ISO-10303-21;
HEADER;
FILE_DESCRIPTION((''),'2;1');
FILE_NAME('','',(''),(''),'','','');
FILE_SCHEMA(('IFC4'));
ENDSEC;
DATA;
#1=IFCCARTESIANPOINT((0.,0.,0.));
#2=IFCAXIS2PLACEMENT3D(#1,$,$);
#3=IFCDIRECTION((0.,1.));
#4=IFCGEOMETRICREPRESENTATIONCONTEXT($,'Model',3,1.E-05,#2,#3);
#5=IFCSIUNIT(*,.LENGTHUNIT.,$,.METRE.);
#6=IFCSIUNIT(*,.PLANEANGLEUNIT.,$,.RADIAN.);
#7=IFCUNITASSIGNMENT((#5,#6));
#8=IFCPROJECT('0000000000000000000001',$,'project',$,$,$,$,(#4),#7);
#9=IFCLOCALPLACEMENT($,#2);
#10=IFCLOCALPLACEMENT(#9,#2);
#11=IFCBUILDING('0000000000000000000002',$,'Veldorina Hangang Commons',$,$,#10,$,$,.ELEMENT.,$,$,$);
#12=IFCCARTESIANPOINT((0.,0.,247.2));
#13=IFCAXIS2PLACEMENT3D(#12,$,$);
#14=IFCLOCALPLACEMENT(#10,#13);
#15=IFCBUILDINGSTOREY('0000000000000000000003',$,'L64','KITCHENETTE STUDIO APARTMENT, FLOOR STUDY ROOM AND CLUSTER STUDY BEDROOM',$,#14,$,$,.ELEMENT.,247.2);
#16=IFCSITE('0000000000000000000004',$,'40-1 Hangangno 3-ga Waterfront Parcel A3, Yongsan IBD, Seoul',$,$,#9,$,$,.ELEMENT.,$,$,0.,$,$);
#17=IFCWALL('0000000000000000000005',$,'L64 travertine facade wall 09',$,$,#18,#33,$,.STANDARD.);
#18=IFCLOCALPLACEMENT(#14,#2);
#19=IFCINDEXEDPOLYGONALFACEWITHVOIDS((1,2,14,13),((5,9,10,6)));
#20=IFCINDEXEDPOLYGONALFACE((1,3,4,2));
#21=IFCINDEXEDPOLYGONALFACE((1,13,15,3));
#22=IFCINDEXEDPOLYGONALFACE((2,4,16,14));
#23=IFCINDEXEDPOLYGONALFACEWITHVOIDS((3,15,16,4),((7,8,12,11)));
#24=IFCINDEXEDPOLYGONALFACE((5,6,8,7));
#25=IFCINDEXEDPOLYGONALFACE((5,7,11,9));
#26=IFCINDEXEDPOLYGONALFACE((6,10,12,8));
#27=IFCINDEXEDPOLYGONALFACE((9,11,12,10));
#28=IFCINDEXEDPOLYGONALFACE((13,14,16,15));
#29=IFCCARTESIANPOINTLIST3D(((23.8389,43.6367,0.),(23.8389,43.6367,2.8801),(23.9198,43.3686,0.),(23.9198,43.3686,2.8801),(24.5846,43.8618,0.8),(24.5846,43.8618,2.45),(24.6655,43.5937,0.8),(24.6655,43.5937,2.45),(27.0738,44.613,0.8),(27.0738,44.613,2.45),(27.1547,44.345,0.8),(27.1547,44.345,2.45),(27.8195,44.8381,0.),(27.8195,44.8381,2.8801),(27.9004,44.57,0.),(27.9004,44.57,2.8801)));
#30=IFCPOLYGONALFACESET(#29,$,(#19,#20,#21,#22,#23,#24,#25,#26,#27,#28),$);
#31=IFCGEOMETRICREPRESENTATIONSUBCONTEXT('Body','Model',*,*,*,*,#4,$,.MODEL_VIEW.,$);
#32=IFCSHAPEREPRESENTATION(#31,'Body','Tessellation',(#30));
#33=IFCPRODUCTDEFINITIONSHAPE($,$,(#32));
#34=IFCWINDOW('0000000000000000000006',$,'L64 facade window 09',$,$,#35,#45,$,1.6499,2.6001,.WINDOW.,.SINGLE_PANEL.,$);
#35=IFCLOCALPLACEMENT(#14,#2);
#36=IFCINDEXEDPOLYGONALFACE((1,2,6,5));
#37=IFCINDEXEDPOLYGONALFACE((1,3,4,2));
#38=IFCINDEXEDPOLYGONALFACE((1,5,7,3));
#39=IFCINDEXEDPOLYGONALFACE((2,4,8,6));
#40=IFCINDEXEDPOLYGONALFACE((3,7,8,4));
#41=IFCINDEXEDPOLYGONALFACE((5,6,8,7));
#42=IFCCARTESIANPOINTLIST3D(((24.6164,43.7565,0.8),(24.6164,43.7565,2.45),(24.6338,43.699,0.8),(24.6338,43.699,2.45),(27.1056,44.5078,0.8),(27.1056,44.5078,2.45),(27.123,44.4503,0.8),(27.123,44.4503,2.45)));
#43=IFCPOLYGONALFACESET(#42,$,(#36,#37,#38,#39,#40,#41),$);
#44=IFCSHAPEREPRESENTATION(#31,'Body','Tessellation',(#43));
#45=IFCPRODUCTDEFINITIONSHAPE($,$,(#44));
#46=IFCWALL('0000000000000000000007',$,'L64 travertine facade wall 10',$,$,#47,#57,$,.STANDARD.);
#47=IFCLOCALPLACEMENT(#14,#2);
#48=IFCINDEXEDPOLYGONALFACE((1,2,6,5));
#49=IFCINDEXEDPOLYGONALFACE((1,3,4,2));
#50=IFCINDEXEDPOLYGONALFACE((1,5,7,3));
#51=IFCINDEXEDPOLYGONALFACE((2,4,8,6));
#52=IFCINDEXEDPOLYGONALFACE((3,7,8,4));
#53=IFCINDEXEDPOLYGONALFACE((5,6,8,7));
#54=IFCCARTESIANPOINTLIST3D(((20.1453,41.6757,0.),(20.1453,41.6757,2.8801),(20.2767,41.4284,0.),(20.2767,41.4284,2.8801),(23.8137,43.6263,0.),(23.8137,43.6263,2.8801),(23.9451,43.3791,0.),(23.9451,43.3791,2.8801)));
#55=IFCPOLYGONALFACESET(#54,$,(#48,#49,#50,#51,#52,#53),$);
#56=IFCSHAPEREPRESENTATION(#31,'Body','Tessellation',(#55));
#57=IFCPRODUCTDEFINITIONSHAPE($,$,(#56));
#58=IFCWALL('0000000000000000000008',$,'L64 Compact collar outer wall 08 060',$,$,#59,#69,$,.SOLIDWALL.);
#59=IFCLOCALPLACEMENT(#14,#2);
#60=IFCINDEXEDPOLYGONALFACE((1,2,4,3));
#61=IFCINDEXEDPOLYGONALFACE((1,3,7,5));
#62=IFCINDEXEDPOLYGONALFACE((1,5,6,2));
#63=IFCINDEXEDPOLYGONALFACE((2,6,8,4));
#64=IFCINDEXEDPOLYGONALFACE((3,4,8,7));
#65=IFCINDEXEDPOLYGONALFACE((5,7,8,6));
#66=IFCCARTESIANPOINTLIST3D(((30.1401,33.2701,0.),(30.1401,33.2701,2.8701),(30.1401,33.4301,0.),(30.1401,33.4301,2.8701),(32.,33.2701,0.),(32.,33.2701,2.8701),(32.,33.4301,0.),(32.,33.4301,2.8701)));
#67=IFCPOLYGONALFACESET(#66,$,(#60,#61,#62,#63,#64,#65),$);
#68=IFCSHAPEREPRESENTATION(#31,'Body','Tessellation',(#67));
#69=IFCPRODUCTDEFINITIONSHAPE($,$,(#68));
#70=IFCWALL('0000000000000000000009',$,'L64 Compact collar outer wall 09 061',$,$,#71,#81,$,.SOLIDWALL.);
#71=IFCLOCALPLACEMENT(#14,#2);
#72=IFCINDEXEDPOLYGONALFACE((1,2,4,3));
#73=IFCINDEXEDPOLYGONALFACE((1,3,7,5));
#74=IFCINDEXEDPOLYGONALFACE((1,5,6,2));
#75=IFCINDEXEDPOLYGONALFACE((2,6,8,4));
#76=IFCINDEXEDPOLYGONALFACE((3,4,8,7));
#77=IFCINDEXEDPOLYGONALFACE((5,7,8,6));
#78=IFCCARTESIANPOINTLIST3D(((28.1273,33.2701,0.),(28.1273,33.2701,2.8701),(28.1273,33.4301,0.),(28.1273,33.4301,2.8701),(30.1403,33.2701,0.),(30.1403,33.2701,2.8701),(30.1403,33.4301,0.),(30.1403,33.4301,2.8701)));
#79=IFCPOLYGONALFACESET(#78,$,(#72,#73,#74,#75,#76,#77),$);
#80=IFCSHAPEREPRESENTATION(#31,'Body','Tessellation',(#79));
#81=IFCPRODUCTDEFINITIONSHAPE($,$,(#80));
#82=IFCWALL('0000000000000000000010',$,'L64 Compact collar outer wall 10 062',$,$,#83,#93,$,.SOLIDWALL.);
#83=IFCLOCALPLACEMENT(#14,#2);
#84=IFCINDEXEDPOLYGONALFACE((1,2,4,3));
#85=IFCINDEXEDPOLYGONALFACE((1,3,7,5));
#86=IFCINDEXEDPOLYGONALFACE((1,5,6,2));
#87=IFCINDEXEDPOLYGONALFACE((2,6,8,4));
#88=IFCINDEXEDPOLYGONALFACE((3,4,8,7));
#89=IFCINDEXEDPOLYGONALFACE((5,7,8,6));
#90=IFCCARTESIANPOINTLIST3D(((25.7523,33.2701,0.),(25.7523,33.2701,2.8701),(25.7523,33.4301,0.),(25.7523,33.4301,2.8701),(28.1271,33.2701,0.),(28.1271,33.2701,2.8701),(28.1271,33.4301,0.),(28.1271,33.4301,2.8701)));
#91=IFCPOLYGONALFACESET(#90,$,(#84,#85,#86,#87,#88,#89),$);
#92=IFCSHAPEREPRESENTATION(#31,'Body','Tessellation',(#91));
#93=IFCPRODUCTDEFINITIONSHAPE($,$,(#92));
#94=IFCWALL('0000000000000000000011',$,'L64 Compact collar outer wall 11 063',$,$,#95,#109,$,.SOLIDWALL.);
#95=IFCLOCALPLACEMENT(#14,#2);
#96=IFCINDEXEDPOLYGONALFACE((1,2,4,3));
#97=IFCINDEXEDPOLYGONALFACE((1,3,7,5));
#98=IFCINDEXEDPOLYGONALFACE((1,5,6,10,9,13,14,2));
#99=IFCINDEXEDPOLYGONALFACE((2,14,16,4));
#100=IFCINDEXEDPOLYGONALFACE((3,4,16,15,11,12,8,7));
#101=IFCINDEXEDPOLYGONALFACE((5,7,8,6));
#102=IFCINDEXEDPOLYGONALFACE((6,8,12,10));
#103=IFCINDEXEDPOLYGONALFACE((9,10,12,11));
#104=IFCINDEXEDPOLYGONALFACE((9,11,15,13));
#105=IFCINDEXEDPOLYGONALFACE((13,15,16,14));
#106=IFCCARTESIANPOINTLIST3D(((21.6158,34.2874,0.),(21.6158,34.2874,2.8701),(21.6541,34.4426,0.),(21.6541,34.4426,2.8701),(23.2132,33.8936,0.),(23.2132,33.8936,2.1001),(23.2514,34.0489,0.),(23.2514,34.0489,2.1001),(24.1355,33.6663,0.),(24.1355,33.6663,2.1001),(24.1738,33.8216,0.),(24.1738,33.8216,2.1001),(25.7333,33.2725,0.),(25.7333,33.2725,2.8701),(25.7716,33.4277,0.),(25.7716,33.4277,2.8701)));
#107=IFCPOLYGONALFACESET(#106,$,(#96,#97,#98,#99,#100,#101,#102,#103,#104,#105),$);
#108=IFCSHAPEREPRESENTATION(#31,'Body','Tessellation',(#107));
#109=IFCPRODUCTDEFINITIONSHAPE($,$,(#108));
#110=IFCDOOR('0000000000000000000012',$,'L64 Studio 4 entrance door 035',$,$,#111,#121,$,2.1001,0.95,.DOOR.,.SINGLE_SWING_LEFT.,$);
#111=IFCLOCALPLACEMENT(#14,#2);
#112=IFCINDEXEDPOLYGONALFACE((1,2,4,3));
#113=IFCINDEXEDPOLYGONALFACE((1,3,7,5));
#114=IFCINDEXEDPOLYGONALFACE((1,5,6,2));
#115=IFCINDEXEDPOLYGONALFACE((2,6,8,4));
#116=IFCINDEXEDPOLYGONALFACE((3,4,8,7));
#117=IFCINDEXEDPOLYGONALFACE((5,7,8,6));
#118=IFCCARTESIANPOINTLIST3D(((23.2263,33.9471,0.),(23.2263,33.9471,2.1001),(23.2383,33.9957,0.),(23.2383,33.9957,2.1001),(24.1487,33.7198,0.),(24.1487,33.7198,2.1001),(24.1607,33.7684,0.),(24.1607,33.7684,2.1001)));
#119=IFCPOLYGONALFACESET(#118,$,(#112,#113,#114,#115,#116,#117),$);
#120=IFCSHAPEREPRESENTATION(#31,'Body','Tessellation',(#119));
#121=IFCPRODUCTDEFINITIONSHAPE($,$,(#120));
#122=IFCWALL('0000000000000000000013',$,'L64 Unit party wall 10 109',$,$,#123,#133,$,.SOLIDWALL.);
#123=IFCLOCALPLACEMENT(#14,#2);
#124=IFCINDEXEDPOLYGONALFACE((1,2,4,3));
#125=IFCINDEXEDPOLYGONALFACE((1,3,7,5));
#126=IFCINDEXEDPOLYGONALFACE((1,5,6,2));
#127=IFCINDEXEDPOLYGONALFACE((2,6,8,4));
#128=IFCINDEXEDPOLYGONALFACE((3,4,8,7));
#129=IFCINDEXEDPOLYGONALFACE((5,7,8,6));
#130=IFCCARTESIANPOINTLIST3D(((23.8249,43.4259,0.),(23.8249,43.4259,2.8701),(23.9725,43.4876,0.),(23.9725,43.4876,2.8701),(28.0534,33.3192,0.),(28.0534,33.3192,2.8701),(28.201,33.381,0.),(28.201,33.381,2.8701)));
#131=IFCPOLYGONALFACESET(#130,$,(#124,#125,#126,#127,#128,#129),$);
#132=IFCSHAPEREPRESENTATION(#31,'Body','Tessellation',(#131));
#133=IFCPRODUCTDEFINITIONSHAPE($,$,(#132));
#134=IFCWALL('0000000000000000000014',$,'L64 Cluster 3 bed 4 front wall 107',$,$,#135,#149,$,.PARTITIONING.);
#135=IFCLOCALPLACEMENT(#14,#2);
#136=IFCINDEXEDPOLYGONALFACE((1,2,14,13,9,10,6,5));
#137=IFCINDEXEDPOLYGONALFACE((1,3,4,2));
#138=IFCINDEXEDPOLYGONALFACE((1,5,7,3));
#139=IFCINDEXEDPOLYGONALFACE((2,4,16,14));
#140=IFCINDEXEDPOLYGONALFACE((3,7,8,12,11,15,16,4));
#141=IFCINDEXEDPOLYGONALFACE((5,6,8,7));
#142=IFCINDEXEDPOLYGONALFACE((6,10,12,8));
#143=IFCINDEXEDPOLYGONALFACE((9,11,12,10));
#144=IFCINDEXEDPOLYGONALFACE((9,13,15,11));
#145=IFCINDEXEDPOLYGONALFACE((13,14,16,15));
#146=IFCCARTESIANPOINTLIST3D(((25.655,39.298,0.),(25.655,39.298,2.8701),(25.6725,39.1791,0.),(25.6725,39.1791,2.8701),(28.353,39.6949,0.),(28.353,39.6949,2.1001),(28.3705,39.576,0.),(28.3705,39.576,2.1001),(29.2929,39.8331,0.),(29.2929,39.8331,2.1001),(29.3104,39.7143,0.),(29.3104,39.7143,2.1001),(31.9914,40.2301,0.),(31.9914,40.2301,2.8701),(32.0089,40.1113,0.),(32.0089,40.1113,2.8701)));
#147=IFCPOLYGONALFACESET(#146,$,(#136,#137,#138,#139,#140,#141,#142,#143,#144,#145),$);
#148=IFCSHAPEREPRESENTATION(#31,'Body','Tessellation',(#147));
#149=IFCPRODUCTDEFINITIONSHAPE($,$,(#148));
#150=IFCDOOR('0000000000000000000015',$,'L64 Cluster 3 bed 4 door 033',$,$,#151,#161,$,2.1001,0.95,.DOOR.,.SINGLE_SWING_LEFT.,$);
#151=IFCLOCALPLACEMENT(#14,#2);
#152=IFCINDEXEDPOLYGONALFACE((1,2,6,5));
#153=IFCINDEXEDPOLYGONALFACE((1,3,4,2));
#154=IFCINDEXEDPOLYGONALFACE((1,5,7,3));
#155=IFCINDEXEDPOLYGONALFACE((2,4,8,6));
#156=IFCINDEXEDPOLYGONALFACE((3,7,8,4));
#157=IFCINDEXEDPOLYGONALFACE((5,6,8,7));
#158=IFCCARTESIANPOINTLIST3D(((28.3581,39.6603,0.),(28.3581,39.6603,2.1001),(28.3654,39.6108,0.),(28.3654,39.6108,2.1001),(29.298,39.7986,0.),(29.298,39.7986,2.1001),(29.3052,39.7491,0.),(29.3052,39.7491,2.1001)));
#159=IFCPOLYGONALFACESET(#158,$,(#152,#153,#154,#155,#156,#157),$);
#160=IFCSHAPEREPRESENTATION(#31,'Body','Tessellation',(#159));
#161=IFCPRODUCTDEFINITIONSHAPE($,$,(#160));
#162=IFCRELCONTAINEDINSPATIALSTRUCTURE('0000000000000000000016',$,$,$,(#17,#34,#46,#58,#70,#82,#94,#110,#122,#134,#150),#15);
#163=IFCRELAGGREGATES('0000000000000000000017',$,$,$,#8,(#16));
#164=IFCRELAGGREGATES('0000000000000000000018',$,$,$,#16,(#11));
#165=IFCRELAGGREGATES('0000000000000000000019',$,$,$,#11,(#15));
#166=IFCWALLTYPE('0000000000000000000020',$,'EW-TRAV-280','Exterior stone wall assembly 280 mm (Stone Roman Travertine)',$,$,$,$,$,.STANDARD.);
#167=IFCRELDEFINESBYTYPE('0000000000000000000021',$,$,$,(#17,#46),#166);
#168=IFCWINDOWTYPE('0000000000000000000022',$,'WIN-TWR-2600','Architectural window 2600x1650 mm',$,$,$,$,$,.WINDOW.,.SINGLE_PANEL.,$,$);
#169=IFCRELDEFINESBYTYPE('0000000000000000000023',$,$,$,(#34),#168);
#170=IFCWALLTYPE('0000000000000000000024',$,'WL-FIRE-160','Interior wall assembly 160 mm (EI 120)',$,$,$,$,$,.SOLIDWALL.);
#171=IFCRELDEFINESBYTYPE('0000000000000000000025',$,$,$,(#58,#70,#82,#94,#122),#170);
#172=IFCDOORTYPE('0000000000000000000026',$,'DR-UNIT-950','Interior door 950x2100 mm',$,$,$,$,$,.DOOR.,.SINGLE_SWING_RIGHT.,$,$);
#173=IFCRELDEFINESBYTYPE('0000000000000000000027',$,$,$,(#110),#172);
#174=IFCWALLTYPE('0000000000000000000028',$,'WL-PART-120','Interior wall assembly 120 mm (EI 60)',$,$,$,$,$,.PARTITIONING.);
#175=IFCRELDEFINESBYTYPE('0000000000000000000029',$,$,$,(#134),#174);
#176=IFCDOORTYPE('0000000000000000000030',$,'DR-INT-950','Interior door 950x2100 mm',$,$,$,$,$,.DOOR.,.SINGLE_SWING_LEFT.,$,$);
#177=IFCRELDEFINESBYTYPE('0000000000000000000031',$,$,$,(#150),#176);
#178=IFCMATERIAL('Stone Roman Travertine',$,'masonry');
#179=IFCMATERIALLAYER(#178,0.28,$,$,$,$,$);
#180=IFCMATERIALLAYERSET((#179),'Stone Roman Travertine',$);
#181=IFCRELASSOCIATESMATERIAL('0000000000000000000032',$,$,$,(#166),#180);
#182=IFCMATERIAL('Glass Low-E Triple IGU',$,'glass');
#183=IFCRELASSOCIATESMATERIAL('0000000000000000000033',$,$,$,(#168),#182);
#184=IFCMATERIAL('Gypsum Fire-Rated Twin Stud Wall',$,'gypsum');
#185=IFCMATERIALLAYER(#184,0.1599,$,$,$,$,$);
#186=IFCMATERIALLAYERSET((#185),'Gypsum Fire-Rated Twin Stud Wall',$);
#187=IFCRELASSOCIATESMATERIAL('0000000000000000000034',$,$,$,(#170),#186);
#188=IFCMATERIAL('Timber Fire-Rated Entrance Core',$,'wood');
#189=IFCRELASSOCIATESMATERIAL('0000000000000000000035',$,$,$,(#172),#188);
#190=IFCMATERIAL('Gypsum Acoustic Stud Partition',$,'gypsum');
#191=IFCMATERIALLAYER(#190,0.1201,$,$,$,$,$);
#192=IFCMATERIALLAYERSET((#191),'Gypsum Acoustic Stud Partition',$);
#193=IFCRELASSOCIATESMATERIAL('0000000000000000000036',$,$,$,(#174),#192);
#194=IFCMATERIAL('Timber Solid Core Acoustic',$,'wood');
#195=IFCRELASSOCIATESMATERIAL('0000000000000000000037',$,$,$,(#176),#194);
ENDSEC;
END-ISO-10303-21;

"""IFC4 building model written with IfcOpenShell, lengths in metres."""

from ifc_helpers import new_model, si_unit, direction, frame, frame_2d, origin, place, context, subcontext, project, spatial, rectangle, extrude, material, layer, layer_set, type_object, element, fill, save


model = new_model("IFC4")

# Units and contexts
model_context = context("Model", 3, precision=1e-05, world=origin(), true_north=direction((0.0, 1.0)))
body_context = subcontext(model_context, "Body", "Model", "MODEL_VIEW")
ifc_project = project(units=[si_unit("LENGTHUNIT", "METRE"), si_unit("PLANEANGLEUNIT", "RADIAN")], contexts=[model_context])

# Site, building, storey
site_placement = place(None, origin())
site = spatial("IfcSite", under=ifc_project, at=site_placement, Name="40-1 Hangangno 3-ga Waterfront Parcel A3, Yongsan IBD, Seoul", CompositionType="ELEMENT", RefElevation=0.0)
building_placement = place(site_placement, origin())
building = spatial("IfcBuilding", under=site, at=building_placement, Name="Veldorina Hangang Commons", CompositionType="ELEMENT")
storey_placement = place(building_placement, frame((0.0, 0.0, 247.2)))
storey = spatial("IfcBuildingStorey", under=building, at=storey_placement, Name="L64", Description="KITCHENETTE STUDIO APARTMENT, FLOOR STUDY ROOM AND CLUSTER STUDY BEDROOM", CompositionType="ELEMENT", Elevation=247.2)

# Shared definitions
ifc_material_1 = material(Name="Stone Roman Travertine", Category="masonry")
ifc_layer_1 = layer(ifc_material_1, 0.28)
ifc_layer_set_1 = layer_set([ifc_layer_1], Name="Stone Roman Travertine")
wall_type_1 = type_object("IfcWallType", Name="EW-TRAV-280", Description="Exterior stone wall assembly 280 mm (Stone Roman Travertine)", PredefinedType="STANDARD", material=ifc_layer_set_1)

# Wall, opening, window
wall_1_placement = place(storey_placement, frame((27.8601, 44.7041, 0.0), z_axis=(0.0, 0.0, 1.0), x_axis=(-0.957348, -0.288937, 0.0)))
wall_1 = element("IfcWall", 1, at=wall_1_placement, inside=storey, type_object=wall_type_1, Name="L64 travertine facade wall 09", PredefinedType="STANDARD", context=body_context, shape_type="SweptSolid", body=[
    extrude(rectangle(XDim=4.158, YDim=0.28, at=frame_2d((2.0791, 0.0))), origin(), (0.0, 0.0, 1.0), 2.8801),
])
opening_1_placement = place(wall_1_placement, frame((0.7791, 0.0, 0.8)))
opening_1 = element("IfcOpeningElement", 2, at=opening_1_placement, cuts=wall_1, PredefinedType="OPENING", context=body_context, shape_type="SweptSolid", body=[
    extrude(rectangle(XDim=2.6001, YDim=1.6499, at=frame_2d((1.3, 0.825))), frame((0.0, 0.1499, 0.0), z_axis=(0.0, -1.0, 0.0), x_axis=(1.0, 0.0, 0.0)), (0.0, 0.0, 1.0), 0.3),
])
ifc_material_2 = material(Name="Glass Low-E Triple IGU", Category="glass")
window_type = type_object("IfcWindowType", Name="WIN-TWR-2600", Description="Architectural window 2600x1650 mm", PartitioningType="SINGLE_PANEL", PredefinedType="WINDOW", material=ifc_material_2)
window_placement = place(opening_1_placement, origin())
window = element("IfcWindow", 3, at=window_placement, inside=storey, type_object=window_type, Name="L64 facade window 09", OverallHeight=1.6499, OverallWidth=2.6001, PartitioningType="SINGLE_PANEL", PredefinedType="WINDOW", context=body_context, shape_type="SweptSolid", body=[
    extrude(rectangle(XDim=2.6001, YDim=1.6499, at=frame_2d((1.3, 0.825))), frame((0.0, 0.03, 0.0), z_axis=(0.0, -1.0, 0.0), x_axis=(1.0, 0.0, 0.0)), (0.0, 0.0, 1.0), 0.0601),
])
fill(opening_1, window)

# Walls
wall_2_placement = place(storey_placement, frame((23.8794, 43.5027, 0.0), z_axis=(0.0, 0.0, 1.0), x_axis=(-0.882935, -0.469496, 0.0)))
element("IfcWall", 4, at=wall_2_placement, inside=storey, type_object=wall_type_1, Name="L64 travertine facade wall 10", PredefinedType="STANDARD", context=body_context, shape_type="SweptSolid", body=[
    extrude(rectangle(XDim=4.1548, YDim=0.28, at=frame_2d((2.0774, 0.0))), origin(), (0.0, 0.0, 1.0), 2.8801),
])
ifc_material_3 = material(Name="Gypsum Fire-Rated Twin Stud Wall", Category="gypsum")
ifc_layer_2 = layer(ifc_material_3, 0.1599)
ifc_layer_set_2 = layer_set([ifc_layer_2], Name="Gypsum Fire-Rated Twin Stud Wall")
wall_type_2 = type_object("IfcWallType", Name="WL-FIRE-160", Description="Interior wall assembly 160 mm (EI 120)", PredefinedType="SOLIDWALL", material=ifc_layer_set_2)
wall_3_placement = place(storey_placement, frame((32.0, 33.3501, 0.0), z_axis=(0.0, 0.0, 1.0), x_axis=(-1.0, 0.0, 0.0)))
element("IfcWall", 5, at=wall_3_placement, inside=storey, type_object=wall_type_2, Name="L64 Compact collar outer wall 08 060", PredefinedType="SOLIDWALL", context=body_context, shape_type="SweptSolid", body=[
    extrude(rectangle(XDim=1.8599, YDim=0.1599, at=frame_2d((0.9299, 0.0))), origin(), (0.0, 0.0, 1.0), 2.8701),
])
wall_4_placement = place(storey_placement, frame((30.1401, 33.3501, 0.0), z_axis=(0.0, 0.0, 1.0), x_axis=(-1.0, 0.0, 0.0)))
element("IfcWall", 6, at=wall_4_placement, inside=storey, type_object=wall_type_2, Name="L64 Compact collar outer wall 09 061", PredefinedType="SOLIDWALL", context=body_context, shape_type="SweptSolid", body=[
    extrude(rectangle(XDim=2.0129, YDim=0.1599, at=frame_2d((1.0063, 0.0))), origin(), (0.0, 0.0, 1.0), 2.8701),
])
wall_5_placement = place(storey_placement, frame((28.1272, 33.3501, 0.0), z_axis=(0.0, 0.0, 1.0), x_axis=(-1.0, 0.0, 0.0)))
element("IfcWall", 7, at=wall_5_placement, inside=storey, type_object=wall_type_2, Name="L64 Compact collar outer wall 10 062", PredefinedType="SOLIDWALL", context=body_context, shape_type="SweptSolid", body=[
    extrude(rectangle(XDim=2.3748, YDim=0.1599, at=frame_2d((1.1875, 0.0))), origin(), (0.0, 0.0, 1.0), 2.8701),
])

# Wall, opening, door
wall_6_placement = place(storey_placement, frame((25.7524, 33.3501, 0.0), z_axis=(0.0, 0.0, 1.0), x_axis=(-0.97094, 0.239324, 0.0)))
wall_6 = element("IfcWall", 8, at=wall_6_placement, inside=storey, type_object=wall_type_2, Name="L64 Compact collar outer wall 11 063", PredefinedType="SOLIDWALL", context=body_context, shape_type="SweptSolid", body=[
    extrude(rectangle(XDim=4.2407, YDim=0.1599, at=frame_2d((2.1204, 0.0))), origin(), (0.0, 0.0, 1.0), 2.8701),
])
opening_2_placement = place(wall_6_placement, frame((1.6455, 0.0, 0.0)))
opening_2 = element("IfcOpeningElement", 9, at=opening_2_placement, cuts=wall_6, PredefinedType="OPENING", context=body_context, shape_type="SweptSolid", body=[
    extrude(rectangle(XDim=0.95, YDim=2.1001, at=frame_2d((0.4751, 1.05))), frame((0.0, 0.0898, 0.0), z_axis=(0.0, -1.0, 0.0), x_axis=(1.0, 0.0, 0.0)), (0.0, 0.0, 1.0), 0.1799),
])
ifc_material_4 = material(Name="Timber Fire-Rated Entrance Core", Category="wood")
door_type_1 = type_object("IfcDoorType", Name="DR-UNIT-950", Description="Interior door 950x2100 mm", OperationType="SINGLE_SWING_RIGHT", PredefinedType="DOOR", material=ifc_material_4)
door_1_placement = place(opening_2_placement, origin())
door_1 = element("IfcDoor", 10, at=door_1_placement, inside=storey, type_object=door_type_1, Name="L64 Studio 4 entrance door 035", OperationType="SINGLE_SWING_LEFT", OverallHeight=2.1001, OverallWidth=0.95, PredefinedType="DOOR", context=body_context, shape_type="SweptSolid", body=[
    extrude(rectangle(XDim=0.95, YDim=2.1001, at=frame_2d((0.4751, 1.05))), frame((0.0, 0.0249, 0.0), z_axis=(0.0, -1.0, 0.0), x_axis=(1.0, 0.0, 0.0)), (0.0, 0.0, 1.0), 0.05),
])
fill(opening_2, door_1)

# Wall
wall_7_placement = place(storey_placement, frame((28.1272, 33.3501, 0.0), z_axis=(0.0, 0.0, 1.0), x_axis=(-0.385968, 0.922512, 0.0)))
element("IfcWall", 11, at=wall_7_placement, inside=storey, type_object=wall_type_2, Name="L64 Unit party wall 10 109", PredefinedType="SOLIDWALL", context=body_context, shape_type="SweptSolid", body=[
    extrude(rectangle(XDim=10.9556, YDim=0.1599, at=frame_2d((5.4778, 0.0))), origin(), (0.0, 0.0, 1.0), 2.8701),
])

# Wall, opening, door
ifc_material_5 = material(Name="Gypsum Acoustic Stud Partition", Category="gypsum")
ifc_layer_3 = layer(ifc_material_5, 0.1201)
ifc_layer_set_3 = layer_set([ifc_layer_3], Name="Gypsum Acoustic Stud Partition")
wall_type_3 = type_object("IfcWallType", Name="WL-PART-120", Description="Interior wall assembly 120 mm (EI 60)", PredefinedType="PARTITIONING", material=ifc_layer_set_3)
wall_8_placement = place(storey_placement, frame((32.0, 40.1707, 0.0), z_axis=(0.0, 0.0, 1.0), x_axis=(-0.989352, -0.14554, 0.0)))
wall_8 = element("IfcWall", 12, at=wall_8_placement, inside=storey, type_object=wall_type_3, Name="L64 Cluster 3 bed 4 front wall 107", PredefinedType="PARTITIONING", context=body_context, shape_type="SweptSolid", body=[
    extrude(rectangle(XDim=6.4045, YDim=0.1201, at=frame_2d((3.2021, 0.0))), origin(), (0.0, 0.0, 1.0), 2.8701),
])
opening_3_placement = place(wall_8_placement, frame((2.7273, 0.0, 0.0)))
opening_3 = element("IfcOpeningElement", 13, at=opening_3_placement, cuts=wall_8, PredefinedType="OPENING", context=body_context, shape_type="SweptSolid", body=[
    extrude(rectangle(XDim=0.95, YDim=2.1001, at=frame_2d((0.4751, 1.05))), frame((0.0, 0.0701, 0.0), z_axis=(0.0, -1.0, 0.0), x_axis=(1.0, 0.0, 0.0)), (0.0, 0.0, 1.0), 0.1401),
])
ifc_material_6 = material(Name="Timber Solid Core Acoustic", Category="wood")
door_type_2 = type_object("IfcDoorType", Name="DR-INT-950", Description="Interior door 950x2100 mm", OperationType="SINGLE_SWING_LEFT", PredefinedType="DOOR", material=ifc_material_6)
door_2_placement = place(opening_3_placement, origin())
door_2 = element("IfcDoor", 14, at=door_2_placement, inside=storey, type_object=door_type_2, Name="L64 Cluster 3 bed 4 door 033", OperationType="SINGLE_SWING_LEFT", OverallHeight=2.1001, OverallWidth=0.95, PredefinedType="DOOR", context=body_context, shape_type="SweptSolid", body=[
    extrude(rectangle(XDim=0.95, YDim=2.1001, at=frame_2d((0.4751, 1.05))), frame((0.0, 0.0249, 0.0), z_axis=(0.0, -1.0, 0.0), x_axis=(1.0, 0.0, 0.0)), (0.0, 0.0, 1.0), 0.05),
])
fill(opening_3, door_2)

save(model, "model.ifc")
